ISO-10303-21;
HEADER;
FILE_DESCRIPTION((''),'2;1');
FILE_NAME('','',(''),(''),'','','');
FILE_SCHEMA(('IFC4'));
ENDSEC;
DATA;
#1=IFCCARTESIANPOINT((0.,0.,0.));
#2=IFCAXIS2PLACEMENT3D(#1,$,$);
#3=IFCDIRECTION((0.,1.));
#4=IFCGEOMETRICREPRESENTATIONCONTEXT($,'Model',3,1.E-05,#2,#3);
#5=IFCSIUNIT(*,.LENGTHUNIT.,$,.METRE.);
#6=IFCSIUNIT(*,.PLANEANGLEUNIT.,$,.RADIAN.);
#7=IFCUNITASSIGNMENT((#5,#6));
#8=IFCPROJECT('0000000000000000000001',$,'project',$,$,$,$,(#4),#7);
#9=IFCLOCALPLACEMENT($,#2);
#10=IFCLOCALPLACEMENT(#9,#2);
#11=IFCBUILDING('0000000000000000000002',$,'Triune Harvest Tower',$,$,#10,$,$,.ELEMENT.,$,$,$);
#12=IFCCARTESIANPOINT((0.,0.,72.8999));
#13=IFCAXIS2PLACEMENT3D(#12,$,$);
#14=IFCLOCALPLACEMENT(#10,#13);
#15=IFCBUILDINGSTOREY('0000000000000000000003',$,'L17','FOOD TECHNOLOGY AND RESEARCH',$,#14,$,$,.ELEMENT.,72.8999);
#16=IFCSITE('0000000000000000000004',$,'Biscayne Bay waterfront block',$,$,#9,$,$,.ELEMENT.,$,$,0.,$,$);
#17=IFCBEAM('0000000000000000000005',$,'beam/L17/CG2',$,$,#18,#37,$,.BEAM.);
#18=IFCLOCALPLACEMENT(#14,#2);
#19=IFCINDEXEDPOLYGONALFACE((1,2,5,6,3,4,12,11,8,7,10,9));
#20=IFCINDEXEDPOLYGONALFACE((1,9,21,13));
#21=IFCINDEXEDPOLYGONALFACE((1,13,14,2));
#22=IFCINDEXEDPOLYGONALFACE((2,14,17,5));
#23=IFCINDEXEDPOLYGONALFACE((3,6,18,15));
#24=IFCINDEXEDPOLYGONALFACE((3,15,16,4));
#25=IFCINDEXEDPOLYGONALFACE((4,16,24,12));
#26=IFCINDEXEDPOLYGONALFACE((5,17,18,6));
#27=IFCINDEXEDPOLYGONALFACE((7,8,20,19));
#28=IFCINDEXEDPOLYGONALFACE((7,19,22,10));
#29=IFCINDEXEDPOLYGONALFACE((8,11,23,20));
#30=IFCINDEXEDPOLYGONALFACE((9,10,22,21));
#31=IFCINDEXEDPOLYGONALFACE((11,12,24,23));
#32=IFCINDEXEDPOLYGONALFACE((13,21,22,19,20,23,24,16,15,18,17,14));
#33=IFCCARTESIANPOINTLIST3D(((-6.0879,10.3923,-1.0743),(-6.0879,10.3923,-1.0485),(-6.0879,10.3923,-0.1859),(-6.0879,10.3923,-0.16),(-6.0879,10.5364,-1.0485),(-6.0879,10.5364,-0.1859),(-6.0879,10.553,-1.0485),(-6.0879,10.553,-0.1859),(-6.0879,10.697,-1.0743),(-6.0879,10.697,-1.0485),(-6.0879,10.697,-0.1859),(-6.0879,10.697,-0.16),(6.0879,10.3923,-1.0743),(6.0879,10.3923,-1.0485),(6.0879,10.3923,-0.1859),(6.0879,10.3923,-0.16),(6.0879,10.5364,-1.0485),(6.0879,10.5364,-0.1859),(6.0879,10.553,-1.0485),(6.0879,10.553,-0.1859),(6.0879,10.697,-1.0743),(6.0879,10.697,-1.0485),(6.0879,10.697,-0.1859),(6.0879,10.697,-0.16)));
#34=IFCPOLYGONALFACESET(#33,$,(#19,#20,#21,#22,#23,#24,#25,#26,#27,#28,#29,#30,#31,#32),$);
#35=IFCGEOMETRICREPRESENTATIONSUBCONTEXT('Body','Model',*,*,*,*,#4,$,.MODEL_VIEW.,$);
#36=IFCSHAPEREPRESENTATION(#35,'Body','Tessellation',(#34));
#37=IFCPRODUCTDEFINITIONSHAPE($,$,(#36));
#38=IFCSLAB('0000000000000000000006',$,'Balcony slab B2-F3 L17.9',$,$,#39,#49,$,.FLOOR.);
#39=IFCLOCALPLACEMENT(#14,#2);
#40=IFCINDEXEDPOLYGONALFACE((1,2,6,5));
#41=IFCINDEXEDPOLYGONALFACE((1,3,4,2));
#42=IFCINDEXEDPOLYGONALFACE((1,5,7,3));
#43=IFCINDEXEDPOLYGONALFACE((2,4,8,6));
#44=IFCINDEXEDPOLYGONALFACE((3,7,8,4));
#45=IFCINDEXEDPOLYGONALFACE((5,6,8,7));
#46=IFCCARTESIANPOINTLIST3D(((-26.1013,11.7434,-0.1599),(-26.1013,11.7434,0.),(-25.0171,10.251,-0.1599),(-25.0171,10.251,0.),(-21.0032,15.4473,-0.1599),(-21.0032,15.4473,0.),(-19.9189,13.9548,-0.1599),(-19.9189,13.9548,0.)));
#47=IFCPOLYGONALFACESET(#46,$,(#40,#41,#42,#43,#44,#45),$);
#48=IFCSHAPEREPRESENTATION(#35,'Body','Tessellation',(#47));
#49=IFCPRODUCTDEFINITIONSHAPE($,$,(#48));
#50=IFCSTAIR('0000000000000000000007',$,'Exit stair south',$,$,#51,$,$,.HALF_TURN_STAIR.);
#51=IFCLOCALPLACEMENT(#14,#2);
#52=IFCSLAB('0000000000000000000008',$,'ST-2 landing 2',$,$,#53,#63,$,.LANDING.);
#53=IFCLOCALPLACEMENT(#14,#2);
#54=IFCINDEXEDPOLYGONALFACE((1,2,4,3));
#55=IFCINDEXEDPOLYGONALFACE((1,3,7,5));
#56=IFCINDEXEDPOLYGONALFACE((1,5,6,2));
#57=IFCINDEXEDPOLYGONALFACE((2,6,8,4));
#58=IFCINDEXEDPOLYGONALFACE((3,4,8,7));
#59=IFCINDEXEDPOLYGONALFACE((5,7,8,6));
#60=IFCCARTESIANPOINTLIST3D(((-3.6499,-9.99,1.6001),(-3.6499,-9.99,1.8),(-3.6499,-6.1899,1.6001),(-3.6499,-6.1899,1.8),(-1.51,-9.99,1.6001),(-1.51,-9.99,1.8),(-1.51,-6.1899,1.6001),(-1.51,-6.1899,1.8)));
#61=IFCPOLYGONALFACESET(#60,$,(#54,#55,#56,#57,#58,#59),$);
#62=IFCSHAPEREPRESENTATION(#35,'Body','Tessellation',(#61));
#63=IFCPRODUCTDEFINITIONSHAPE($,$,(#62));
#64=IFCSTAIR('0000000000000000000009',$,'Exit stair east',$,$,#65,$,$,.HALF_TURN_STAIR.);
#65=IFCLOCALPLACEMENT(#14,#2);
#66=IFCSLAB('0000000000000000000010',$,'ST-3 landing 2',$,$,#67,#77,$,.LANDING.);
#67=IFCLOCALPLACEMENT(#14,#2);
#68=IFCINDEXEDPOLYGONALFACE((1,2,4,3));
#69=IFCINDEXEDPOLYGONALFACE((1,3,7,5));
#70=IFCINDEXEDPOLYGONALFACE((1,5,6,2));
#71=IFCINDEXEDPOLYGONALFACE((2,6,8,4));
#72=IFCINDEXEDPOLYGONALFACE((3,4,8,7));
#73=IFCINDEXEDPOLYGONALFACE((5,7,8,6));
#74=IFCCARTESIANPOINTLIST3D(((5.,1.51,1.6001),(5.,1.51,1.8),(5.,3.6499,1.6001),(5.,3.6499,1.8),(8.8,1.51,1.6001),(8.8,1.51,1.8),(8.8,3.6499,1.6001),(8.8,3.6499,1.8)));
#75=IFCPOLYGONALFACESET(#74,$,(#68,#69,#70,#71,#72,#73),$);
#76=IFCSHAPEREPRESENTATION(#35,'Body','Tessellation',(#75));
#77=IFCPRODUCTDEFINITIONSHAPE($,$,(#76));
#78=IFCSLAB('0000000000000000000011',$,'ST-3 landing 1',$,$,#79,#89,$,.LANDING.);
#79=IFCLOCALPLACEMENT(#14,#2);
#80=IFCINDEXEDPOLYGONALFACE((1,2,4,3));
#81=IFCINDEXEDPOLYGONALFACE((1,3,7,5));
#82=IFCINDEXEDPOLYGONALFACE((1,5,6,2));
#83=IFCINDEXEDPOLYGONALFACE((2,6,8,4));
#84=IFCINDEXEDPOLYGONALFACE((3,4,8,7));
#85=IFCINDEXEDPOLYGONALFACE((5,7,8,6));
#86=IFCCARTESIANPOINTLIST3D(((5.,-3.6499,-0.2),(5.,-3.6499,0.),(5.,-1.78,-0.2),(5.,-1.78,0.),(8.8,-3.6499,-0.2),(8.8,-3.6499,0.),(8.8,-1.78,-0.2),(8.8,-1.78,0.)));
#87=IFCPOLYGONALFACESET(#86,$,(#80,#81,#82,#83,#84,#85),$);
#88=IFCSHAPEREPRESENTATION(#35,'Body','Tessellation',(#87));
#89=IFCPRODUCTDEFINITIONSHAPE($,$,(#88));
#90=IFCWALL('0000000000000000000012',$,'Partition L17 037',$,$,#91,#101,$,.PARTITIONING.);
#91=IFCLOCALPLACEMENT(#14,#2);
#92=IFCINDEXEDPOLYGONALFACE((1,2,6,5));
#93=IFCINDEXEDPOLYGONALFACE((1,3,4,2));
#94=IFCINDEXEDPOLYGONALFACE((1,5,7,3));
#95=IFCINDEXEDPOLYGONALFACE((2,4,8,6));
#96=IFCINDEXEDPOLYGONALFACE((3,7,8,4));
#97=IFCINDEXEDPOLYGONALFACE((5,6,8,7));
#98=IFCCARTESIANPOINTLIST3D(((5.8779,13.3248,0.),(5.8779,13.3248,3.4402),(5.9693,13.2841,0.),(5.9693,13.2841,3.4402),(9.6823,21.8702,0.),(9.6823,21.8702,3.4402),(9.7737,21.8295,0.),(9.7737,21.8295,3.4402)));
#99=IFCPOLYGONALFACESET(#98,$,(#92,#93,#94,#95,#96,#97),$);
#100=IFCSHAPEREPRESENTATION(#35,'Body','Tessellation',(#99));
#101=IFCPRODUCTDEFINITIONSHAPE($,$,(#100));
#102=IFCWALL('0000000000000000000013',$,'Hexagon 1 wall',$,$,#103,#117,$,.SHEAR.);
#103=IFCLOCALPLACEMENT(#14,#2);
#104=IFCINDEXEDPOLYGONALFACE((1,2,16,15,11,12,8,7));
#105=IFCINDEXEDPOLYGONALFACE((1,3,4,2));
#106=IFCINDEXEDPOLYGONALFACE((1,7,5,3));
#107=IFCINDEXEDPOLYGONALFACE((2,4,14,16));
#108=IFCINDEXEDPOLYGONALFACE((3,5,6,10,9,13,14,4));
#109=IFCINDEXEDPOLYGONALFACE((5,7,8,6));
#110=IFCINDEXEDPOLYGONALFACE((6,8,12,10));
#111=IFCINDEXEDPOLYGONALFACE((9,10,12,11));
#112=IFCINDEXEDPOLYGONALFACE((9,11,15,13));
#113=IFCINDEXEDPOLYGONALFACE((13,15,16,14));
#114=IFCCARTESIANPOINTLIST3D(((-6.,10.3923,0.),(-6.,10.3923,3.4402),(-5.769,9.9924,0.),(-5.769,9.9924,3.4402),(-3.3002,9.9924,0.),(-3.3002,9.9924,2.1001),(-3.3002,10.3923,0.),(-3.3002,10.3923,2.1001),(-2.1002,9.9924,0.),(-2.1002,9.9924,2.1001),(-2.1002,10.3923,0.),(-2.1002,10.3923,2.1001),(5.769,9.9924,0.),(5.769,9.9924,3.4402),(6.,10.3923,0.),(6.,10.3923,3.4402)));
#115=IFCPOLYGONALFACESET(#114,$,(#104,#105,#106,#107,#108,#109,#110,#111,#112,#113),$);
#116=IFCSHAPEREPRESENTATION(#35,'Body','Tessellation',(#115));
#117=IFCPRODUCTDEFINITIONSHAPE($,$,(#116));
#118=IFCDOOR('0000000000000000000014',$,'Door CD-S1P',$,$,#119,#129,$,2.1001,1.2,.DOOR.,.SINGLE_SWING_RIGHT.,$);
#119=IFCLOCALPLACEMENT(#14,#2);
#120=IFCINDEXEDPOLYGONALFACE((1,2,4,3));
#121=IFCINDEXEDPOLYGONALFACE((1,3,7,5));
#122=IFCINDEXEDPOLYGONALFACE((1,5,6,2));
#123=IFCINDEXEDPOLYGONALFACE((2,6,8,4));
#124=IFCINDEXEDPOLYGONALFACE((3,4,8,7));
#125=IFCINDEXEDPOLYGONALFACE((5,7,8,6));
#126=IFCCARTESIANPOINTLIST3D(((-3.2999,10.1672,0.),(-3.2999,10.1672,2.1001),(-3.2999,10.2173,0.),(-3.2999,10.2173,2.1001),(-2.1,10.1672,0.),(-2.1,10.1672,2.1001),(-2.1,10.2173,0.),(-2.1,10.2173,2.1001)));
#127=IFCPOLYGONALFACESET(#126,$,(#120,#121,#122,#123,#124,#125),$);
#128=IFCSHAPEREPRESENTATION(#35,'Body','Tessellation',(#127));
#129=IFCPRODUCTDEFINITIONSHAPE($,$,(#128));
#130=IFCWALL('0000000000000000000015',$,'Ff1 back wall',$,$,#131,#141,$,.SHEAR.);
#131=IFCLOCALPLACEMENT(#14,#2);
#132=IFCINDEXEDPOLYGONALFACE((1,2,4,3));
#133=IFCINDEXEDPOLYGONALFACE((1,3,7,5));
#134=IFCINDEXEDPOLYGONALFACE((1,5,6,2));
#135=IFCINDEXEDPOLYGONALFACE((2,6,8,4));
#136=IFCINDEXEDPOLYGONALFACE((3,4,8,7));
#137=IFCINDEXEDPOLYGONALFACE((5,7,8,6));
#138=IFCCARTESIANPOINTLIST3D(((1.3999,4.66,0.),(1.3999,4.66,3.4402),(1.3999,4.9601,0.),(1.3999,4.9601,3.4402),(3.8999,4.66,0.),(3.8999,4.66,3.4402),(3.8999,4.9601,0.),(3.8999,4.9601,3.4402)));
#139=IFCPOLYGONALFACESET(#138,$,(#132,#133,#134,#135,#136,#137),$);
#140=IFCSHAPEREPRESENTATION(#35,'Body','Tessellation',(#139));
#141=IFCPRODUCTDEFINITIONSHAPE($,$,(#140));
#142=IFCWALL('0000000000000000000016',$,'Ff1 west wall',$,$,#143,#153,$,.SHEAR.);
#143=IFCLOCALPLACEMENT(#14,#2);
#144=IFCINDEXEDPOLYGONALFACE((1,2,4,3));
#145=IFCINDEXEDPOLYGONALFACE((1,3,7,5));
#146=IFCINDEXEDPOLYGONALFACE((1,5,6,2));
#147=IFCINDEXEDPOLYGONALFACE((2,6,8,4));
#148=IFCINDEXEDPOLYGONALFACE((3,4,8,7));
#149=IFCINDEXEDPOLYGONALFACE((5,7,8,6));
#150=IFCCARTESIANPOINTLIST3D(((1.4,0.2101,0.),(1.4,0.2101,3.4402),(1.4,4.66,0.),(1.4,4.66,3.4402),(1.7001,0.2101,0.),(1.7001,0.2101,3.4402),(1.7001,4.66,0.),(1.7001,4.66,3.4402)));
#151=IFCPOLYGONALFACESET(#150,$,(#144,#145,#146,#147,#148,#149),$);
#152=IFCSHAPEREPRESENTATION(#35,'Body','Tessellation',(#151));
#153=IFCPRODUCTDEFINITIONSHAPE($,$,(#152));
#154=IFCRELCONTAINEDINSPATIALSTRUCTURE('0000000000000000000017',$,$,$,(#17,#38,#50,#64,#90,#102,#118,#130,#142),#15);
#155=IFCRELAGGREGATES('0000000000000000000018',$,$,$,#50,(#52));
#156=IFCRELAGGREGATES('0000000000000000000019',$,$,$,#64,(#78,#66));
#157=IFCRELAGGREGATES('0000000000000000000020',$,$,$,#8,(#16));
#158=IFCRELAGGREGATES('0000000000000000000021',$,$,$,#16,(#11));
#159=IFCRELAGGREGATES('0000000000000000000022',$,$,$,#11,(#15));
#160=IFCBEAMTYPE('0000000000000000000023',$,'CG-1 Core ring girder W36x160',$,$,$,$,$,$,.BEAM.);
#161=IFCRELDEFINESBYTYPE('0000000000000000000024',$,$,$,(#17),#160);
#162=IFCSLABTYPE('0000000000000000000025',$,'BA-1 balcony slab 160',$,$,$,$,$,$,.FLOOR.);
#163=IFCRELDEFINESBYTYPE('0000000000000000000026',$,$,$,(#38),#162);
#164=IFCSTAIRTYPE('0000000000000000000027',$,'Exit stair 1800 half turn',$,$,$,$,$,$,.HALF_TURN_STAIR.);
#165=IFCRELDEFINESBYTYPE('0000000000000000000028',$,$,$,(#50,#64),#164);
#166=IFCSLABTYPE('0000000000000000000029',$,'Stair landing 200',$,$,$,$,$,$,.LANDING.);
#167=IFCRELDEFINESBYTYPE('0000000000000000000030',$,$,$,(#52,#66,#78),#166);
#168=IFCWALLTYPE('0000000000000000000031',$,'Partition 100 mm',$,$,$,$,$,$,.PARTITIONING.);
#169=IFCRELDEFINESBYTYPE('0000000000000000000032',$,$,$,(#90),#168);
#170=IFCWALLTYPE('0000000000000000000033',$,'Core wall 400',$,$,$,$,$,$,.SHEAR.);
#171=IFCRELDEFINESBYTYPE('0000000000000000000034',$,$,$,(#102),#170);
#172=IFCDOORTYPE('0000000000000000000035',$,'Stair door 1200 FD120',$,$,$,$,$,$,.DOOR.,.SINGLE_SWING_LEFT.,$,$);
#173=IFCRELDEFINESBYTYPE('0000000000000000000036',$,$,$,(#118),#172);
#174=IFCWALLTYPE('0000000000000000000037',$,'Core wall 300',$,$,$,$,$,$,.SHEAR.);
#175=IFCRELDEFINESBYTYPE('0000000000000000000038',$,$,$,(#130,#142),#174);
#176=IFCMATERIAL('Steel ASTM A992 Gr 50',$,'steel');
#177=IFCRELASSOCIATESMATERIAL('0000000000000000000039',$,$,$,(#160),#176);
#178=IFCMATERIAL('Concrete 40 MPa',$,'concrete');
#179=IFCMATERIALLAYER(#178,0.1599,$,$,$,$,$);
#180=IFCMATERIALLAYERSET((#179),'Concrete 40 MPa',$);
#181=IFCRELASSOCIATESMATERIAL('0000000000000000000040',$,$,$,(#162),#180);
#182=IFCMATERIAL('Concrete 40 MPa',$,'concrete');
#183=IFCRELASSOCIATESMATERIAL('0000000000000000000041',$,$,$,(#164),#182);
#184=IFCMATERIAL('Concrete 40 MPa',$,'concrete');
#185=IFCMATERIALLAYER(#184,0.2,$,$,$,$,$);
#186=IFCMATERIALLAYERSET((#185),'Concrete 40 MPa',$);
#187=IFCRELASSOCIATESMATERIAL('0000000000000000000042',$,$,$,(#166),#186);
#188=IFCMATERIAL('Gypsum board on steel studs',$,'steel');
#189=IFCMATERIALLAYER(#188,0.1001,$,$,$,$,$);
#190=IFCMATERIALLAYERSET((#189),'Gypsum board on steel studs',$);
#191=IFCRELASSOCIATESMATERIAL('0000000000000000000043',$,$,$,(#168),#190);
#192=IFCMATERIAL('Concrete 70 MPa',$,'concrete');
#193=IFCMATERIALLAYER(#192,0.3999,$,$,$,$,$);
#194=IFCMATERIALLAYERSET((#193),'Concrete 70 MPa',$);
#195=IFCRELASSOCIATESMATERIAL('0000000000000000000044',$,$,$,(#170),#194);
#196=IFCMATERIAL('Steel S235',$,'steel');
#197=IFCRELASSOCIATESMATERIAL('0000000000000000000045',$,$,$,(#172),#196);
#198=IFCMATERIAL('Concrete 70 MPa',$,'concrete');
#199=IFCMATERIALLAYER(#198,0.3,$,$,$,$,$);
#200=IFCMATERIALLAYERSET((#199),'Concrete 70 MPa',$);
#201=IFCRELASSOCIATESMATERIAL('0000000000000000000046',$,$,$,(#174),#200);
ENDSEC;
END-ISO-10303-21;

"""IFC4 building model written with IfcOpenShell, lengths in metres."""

from ifc_helpers import new_model, si_unit, direction, frame, frame_2d, origin, origin_2d, place, context, subcontext, project, spatial, polyline, rectangle, i_section, outline, extrude, source, transform, mapped, material, layer, layer_set, material_profile, profile_set, type_object, element, fill, aggregate, save


model = new_model("IFC4")

# Units and contexts
model_context = context("Model", 3, precision=1e-05, world=origin(), true_north=direction((0.0, 1.0)))
body_context = subcontext(model_context, "Body", "Model", "MODEL_VIEW")
ifc_project = project(units=[si_unit("LENGTHUNIT", "METRE"), si_unit("PLANEANGLEUNIT", "RADIAN")], contexts=[model_context])

# Site, building, storey
site_placement = place(None, origin())
site = spatial("IfcSite", under=ifc_project, at=site_placement, Name="Biscayne Bay waterfront block", CompositionType="ELEMENT", RefElevation=0.0)
building_placement = place(site_placement, origin())
building = spatial("IfcBuilding", under=site, at=building_placement, Name="Triune Harvest Tower", CompositionType="ELEMENT")
storey_placement = place(building_placement, frame((0.0, 0.0, 72.8999)))
storey = spatial("IfcBuildingStorey", under=building, at=storey_placement, Name="L17", Description="FOOD TECHNOLOGY AND RESEARCH", CompositionType="ELEMENT", Elevation=72.8999)

# Beam
ifc_material_1 = material(Name="Steel ASTM A992 Gr 50", Category="steel")
ifc_material_profile = material_profile(ifc_material_1, i_section(OverallWidth=0.3047, OverallDepth=0.9143, WebThickness=0.0166, FlangeThickness=0.0259, at=origin_2d()), Name="W36x160")
ifc_profile_set = profile_set([ifc_material_profile], Name="Steel ASTM A992 Gr 50")
beam_type = type_object("IfcBeamType", Name="CG-1 Core ring girder W36x160", PredefinedType="BEAM", material=ifc_profile_set)
shared_shape_1 = source(origin(), body_context, "Body", "SweptSolid", [
    extrude(i_section(OverallWidth=0.3047, OverallDepth=0.9143, WebThickness=0.0166, FlangeThickness=0.0259, at=origin_2d()), origin(), (0.0, 0.0, 1.0), 12.1758),
])
beam_placement = place(storey_placement, frame((6.0879, 10.5447, -0.6172), z_axis=(-1.0, 0.0, 0.0), x_axis=(0.0, -1.0, 0.0)))
element("IfcBeam", 1, at=beam_placement, inside=storey, type_object=beam_type, Name="beam/L17/CG2", PredefinedType="BEAM", context=body_context, shape_type="MappedRepresentation", body=[
    mapped(shared_shape_1, transform((0.0, 0.0, 0.0), scale=1.0)),
])

# Slab
ifc_material_2 = material(Name="Concrete 40 MPa", Category="concrete")
ifc_layer_1 = layer(ifc_material_2, 0.1599)
ifc_layer_set_1 = layer_set([ifc_layer_1], Name="Concrete 40 MPa")
slab_type_1 = type_object("IfcSlabType", Name="BA-1 balcony slab 160", PredefinedType="FLOOR", material=ifc_layer_set_1)
slab_1_placement = place(storey_placement, frame((0.0, 0.0, -0.1599)))
element("IfcSlab", 2, at=slab_1_placement, inside=storey, type_object=slab_type_1, Name="Balcony slab B2-F3 L17.9", PredefinedType="FLOOR", context=body_context, shape_type="SweptSolid", body=[
    extrude(outline(polyline([(-19.9189, 13.9548), (-25.0171, 10.251), (-26.1013, 11.7434), (-21.0032, 15.4473), (-19.9189, 13.9548)])), origin(), (0.0, 0.0, 1.0), 0.1599),
])

# Stair, slab
ifc_material_3 = material(Name="Concrete 40 MPa", Category="concrete")
stair_type = type_object("IfcStairType", Name="Exit stair 1800 half turn", PredefinedType="HALF_TURN_STAIR", material=ifc_material_3)
stair_1_placement = place(storey_placement, origin())
stair_1 = element("IfcStair", 3, at=stair_1_placement, inside=storey, type_object=stair_type, Name="Exit stair south", PredefinedType="HALF_TURN_STAIR")
ifc_material_4 = material(Name="Concrete 40 MPa", Category="concrete")
ifc_layer_2 = layer(ifc_material_4, 0.2)
ifc_layer_set_2 = layer_set([ifc_layer_2], Name="Concrete 40 MPa")
slab_type_2 = type_object("IfcSlabType", Name="Stair landing 200", PredefinedType="LANDING", material=ifc_layer_set_2)
shared_shape_2 = source(origin(), body_context, "Body", "SweptSolid", [
    extrude(outline(polyline([(-1.51, -6.1899), (-3.6499, -6.1899), (-3.6499, -9.99), (-1.51, -9.99), (-1.51, -6.1899)])), origin(), (0.0, 0.0, 1.0), 0.2),
])
slab_2_placement = place(storey_placement, frame((0.0, 0.0, 1.6001)))
slab_2 = element("IfcSlab", 4, at=slab_2_placement, type_object=slab_type_2, Name="ST-2 landing 2", PredefinedType="LANDING", context=body_context, shape_type="MappedRepresentation", body=[
    mapped(shared_shape_2, transform((0.0, 0.0, 0.0), scale=1.0)),
])
aggregate(stair_1, [slab_2])

# Stair, slabs
stair_2_placement = place(storey_placement, origin())
stair_2 = element("IfcStair", 5, at=stair_2_placement, inside=storey, type_object=stair_type, Name="Exit stair east", PredefinedType="HALF_TURN_STAIR")
shared_shape_3 = source(origin(), body_context, "Body", "SweptSolid", [
    extrude(outline(polyline([(8.8, 1.51), (8.8, 3.6499), (5.0, 3.6499), (5.0, 1.51), (8.8, 1.51)])), origin(), (0.0, 0.0, 1.0), 0.2),
])
slab_3_placement = place(storey_placement, frame((0.0, 0.0, 1.6001)))
slab_3 = element("IfcSlab", 6, at=slab_3_placement, type_object=slab_type_2, Name="ST-3 landing 2", PredefinedType="LANDING", context=body_context, shape_type="MappedRepresentation", body=[
    mapped(shared_shape_3, transform((0.0, 0.0, 0.0), scale=1.0)),
])
shared_shape_4 = source(origin(), body_context, "Body", "SweptSolid", [
    extrude(outline(polyline([(8.8, -3.6499), (8.8, -1.78), (5.0, -1.78), (5.0, -3.6499), (8.8, -3.6499)])), origin(), (0.0, 0.0, 1.0), 0.2),
])
slab_4_placement = place(storey_placement, frame((0.0, 0.0, -0.2)))
slab_4 = element("IfcSlab", 7, at=slab_4_placement, type_object=slab_type_2, Name="ST-3 landing 1", PredefinedType="LANDING", context=body_context, shape_type="MappedRepresentation", body=[
    mapped(shared_shape_4, transform((0.0, 0.0, 0.0), scale=1.0)),
])

# Wall
ifc_material_5 = material(Name="Gypsum board on steel studs", Category="steel")
ifc_layer_3 = layer(ifc_material_5, 0.1001)
ifc_layer_set_3 = layer_set([ifc_layer_3], Name="Gypsum board on steel studs")
wall_type_1 = type_object("IfcWallType", Name="Partition 100 mm", PredefinedType="PARTITIONING", material=ifc_layer_set_3)
wall_1_placement = place(storey_placement, frame((5.9236, 13.3044, 0.0), z_axis=(0.0, 0.0, 1.0), x_axis=(0.406717, 0.913554, 0.0)))
element("IfcWall", 8, at=wall_1_placement, inside=storey, type_object=wall_type_1, Name="Partition L17 037", PredefinedType="PARTITIONING", context=body_context, shape_type="SweptSolid", body=[
    extrude(rectangle(XDim=9.354, YDim=0.1001, at=frame_2d((4.677, 0.0))), origin(), (0.0, 0.0, 1.0), 3.4402),
])

# Wall, opening, door
ifc_material_6 = material(Name="Concrete 70 MPa", Category="concrete")
ifc_layer_4 = layer(ifc_material_6, 0.3999)
ifc_layer_set_4 = layer_set([ifc_layer_4], Name="Concrete 70 MPa")
wall_type_2 = type_object("IfcWallType", Name="Core wall 400", PredefinedType="SHEAR", material=ifc_layer_set_4)
shared_shape_5 = source(origin(), body_context, "Body", "SweptSolid", [
    extrude(outline(polyline([(-0.1155, -0.2), (11.8845, -0.2), (11.6536, 0.2), (0.1155, 0.2), (-0.1155, -0.2)])), origin(), (0.0, 0.0, 1.0), 3.4402),
])
wall_2_placement = place(storey_placement, frame((5.8845, 10.1924, 0.0), z_axis=(0.0, 0.0, 1.0), x_axis=(-1.0, 0.0, 0.0)))
wall_2 = element("IfcWall", 9, at=wall_2_placement, inside=storey, type_object=wall_type_2, Name="Hexagon 1 wall", PredefinedType="SHEAR", context=body_context, shape_type="MappedRepresentation", body=[
    mapped(shared_shape_5, transform((0.0, 0.0, 0.0), scale=1.0)),
])
opening_1_placement = place(wall_2_placement, frame((7.9846, 0.0, 0.0)))
opening_1 = element("IfcOpeningElement", 10, at=opening_1_placement, cuts=wall_2, PredefinedType="OPENING", context=body_context, shape_type="SweptSolid", body=[
    extrude(rectangle(XDim=1.2, YDim=2.1001, at=frame_2d((0.6001, 1.05))), frame((0.0, 0.21, 0.0), z_axis=(0.0, -1.0, 0.0), x_axis=(1.0, 0.0, 0.0)), (0.0, 0.0, 1.0), 0.4199),
])
ifc_material_7 = material(Name="Steel S235", Category="steel")
door_type_1 = type_object("IfcDoorType", Name="Stair door 1200 FD120", OperationType="SINGLE_SWING_LEFT", PredefinedType="DOOR", material=ifc_material_7)
door_1_placement = place(opening_1_placement, frame((1.2, 0.0, 0.0), z_axis=(0.0, 0.0, 1.0), x_axis=(-1.0, 0.0, 0.0)))
door_1 = element("IfcDoor", 11, at=door_1_placement, inside=storey, type_object=door_type_1, Name="Door CD-S1P", OperationType="SINGLE_SWING_RIGHT", OverallHeight=2.1001, OverallWidth=1.2, PredefinedType="DOOR", context=body_context, shape_type="SweptSolid", body=[
    extrude(rectangle(XDim=1.2, YDim=2.1001, at=frame_2d((0.6001, 1.05))), frame((0.0, 0.0249, 0.0), z_axis=(0.0, -1.0, 0.0), x_axis=(1.0, 0.0, 0.0)), (0.0, 0.0, 1.0), 0.05),
])
fill(opening_1, door_1)

# Walls
ifc_material_8 = material(Name="Concrete 70 MPa", Category="concrete")
ifc_layer_5 = layer(ifc_material_8, 0.3)
ifc_layer_set_5 = layer_set([ifc_layer_5], Name="Concrete 70 MPa")
wall_type_3 = type_object("IfcWallType", Name="Core wall 300", PredefinedType="SHEAR", material=ifc_layer_set_5)
shared_shape_6 = source(origin(), body_context, "Body", "SweptSolid", [
    extrude(rectangle(XDim=2.5, YDim=0.3, at=frame_2d((1.25, 0.0))), origin(), (0.0, 0.0, 1.0), 3.4402),
])
wall_3_placement = place(storey_placement, frame((1.3999, 4.8101, 0.0), z_axis=(0.0, 0.0, 1.0), x_axis=(1.0, 0.0, 0.0)))
element("IfcWall", 12, at=wall_3_placement, inside=storey, type_object=wall_type_3, Name="Ff1 back wall", PredefinedType="SHEAR", context=body_context, shape_type="MappedRepresentation", body=[
    mapped(shared_shape_6, transform((0.0, 0.0, 0.0), scale=1.0)),
])
shared_shape_7 = source(origin(), body_context, "Body", "SweptSolid", [
    extrude(rectangle(XDim=4.45, YDim=0.3, at=frame_2d((2.2251, 0.0))), origin(), (0.0, 0.0, 1.0), 3.4402),
])
wall_4_placement = place(storey_placement, frame((1.55, 0.21, 0.0), z_axis=(0.0, 0.0, 1.0), x_axis=(0.0, 1.0, 0.0)))
element("IfcWall", 13, at=wall_4_placement, inside=storey, type_object=wall_type_3, Name="Ff1 west wall", PredefinedType="SHEAR", context=body_context, shape_type="MappedRepresentation", body=[
    mapped(shared_shape_7, transform((0.0, 0.0, 0.0), scale=1.0)),
])

aggregate(stair_2, [slab_4, slab_3])

save(model, "model.ifc")
